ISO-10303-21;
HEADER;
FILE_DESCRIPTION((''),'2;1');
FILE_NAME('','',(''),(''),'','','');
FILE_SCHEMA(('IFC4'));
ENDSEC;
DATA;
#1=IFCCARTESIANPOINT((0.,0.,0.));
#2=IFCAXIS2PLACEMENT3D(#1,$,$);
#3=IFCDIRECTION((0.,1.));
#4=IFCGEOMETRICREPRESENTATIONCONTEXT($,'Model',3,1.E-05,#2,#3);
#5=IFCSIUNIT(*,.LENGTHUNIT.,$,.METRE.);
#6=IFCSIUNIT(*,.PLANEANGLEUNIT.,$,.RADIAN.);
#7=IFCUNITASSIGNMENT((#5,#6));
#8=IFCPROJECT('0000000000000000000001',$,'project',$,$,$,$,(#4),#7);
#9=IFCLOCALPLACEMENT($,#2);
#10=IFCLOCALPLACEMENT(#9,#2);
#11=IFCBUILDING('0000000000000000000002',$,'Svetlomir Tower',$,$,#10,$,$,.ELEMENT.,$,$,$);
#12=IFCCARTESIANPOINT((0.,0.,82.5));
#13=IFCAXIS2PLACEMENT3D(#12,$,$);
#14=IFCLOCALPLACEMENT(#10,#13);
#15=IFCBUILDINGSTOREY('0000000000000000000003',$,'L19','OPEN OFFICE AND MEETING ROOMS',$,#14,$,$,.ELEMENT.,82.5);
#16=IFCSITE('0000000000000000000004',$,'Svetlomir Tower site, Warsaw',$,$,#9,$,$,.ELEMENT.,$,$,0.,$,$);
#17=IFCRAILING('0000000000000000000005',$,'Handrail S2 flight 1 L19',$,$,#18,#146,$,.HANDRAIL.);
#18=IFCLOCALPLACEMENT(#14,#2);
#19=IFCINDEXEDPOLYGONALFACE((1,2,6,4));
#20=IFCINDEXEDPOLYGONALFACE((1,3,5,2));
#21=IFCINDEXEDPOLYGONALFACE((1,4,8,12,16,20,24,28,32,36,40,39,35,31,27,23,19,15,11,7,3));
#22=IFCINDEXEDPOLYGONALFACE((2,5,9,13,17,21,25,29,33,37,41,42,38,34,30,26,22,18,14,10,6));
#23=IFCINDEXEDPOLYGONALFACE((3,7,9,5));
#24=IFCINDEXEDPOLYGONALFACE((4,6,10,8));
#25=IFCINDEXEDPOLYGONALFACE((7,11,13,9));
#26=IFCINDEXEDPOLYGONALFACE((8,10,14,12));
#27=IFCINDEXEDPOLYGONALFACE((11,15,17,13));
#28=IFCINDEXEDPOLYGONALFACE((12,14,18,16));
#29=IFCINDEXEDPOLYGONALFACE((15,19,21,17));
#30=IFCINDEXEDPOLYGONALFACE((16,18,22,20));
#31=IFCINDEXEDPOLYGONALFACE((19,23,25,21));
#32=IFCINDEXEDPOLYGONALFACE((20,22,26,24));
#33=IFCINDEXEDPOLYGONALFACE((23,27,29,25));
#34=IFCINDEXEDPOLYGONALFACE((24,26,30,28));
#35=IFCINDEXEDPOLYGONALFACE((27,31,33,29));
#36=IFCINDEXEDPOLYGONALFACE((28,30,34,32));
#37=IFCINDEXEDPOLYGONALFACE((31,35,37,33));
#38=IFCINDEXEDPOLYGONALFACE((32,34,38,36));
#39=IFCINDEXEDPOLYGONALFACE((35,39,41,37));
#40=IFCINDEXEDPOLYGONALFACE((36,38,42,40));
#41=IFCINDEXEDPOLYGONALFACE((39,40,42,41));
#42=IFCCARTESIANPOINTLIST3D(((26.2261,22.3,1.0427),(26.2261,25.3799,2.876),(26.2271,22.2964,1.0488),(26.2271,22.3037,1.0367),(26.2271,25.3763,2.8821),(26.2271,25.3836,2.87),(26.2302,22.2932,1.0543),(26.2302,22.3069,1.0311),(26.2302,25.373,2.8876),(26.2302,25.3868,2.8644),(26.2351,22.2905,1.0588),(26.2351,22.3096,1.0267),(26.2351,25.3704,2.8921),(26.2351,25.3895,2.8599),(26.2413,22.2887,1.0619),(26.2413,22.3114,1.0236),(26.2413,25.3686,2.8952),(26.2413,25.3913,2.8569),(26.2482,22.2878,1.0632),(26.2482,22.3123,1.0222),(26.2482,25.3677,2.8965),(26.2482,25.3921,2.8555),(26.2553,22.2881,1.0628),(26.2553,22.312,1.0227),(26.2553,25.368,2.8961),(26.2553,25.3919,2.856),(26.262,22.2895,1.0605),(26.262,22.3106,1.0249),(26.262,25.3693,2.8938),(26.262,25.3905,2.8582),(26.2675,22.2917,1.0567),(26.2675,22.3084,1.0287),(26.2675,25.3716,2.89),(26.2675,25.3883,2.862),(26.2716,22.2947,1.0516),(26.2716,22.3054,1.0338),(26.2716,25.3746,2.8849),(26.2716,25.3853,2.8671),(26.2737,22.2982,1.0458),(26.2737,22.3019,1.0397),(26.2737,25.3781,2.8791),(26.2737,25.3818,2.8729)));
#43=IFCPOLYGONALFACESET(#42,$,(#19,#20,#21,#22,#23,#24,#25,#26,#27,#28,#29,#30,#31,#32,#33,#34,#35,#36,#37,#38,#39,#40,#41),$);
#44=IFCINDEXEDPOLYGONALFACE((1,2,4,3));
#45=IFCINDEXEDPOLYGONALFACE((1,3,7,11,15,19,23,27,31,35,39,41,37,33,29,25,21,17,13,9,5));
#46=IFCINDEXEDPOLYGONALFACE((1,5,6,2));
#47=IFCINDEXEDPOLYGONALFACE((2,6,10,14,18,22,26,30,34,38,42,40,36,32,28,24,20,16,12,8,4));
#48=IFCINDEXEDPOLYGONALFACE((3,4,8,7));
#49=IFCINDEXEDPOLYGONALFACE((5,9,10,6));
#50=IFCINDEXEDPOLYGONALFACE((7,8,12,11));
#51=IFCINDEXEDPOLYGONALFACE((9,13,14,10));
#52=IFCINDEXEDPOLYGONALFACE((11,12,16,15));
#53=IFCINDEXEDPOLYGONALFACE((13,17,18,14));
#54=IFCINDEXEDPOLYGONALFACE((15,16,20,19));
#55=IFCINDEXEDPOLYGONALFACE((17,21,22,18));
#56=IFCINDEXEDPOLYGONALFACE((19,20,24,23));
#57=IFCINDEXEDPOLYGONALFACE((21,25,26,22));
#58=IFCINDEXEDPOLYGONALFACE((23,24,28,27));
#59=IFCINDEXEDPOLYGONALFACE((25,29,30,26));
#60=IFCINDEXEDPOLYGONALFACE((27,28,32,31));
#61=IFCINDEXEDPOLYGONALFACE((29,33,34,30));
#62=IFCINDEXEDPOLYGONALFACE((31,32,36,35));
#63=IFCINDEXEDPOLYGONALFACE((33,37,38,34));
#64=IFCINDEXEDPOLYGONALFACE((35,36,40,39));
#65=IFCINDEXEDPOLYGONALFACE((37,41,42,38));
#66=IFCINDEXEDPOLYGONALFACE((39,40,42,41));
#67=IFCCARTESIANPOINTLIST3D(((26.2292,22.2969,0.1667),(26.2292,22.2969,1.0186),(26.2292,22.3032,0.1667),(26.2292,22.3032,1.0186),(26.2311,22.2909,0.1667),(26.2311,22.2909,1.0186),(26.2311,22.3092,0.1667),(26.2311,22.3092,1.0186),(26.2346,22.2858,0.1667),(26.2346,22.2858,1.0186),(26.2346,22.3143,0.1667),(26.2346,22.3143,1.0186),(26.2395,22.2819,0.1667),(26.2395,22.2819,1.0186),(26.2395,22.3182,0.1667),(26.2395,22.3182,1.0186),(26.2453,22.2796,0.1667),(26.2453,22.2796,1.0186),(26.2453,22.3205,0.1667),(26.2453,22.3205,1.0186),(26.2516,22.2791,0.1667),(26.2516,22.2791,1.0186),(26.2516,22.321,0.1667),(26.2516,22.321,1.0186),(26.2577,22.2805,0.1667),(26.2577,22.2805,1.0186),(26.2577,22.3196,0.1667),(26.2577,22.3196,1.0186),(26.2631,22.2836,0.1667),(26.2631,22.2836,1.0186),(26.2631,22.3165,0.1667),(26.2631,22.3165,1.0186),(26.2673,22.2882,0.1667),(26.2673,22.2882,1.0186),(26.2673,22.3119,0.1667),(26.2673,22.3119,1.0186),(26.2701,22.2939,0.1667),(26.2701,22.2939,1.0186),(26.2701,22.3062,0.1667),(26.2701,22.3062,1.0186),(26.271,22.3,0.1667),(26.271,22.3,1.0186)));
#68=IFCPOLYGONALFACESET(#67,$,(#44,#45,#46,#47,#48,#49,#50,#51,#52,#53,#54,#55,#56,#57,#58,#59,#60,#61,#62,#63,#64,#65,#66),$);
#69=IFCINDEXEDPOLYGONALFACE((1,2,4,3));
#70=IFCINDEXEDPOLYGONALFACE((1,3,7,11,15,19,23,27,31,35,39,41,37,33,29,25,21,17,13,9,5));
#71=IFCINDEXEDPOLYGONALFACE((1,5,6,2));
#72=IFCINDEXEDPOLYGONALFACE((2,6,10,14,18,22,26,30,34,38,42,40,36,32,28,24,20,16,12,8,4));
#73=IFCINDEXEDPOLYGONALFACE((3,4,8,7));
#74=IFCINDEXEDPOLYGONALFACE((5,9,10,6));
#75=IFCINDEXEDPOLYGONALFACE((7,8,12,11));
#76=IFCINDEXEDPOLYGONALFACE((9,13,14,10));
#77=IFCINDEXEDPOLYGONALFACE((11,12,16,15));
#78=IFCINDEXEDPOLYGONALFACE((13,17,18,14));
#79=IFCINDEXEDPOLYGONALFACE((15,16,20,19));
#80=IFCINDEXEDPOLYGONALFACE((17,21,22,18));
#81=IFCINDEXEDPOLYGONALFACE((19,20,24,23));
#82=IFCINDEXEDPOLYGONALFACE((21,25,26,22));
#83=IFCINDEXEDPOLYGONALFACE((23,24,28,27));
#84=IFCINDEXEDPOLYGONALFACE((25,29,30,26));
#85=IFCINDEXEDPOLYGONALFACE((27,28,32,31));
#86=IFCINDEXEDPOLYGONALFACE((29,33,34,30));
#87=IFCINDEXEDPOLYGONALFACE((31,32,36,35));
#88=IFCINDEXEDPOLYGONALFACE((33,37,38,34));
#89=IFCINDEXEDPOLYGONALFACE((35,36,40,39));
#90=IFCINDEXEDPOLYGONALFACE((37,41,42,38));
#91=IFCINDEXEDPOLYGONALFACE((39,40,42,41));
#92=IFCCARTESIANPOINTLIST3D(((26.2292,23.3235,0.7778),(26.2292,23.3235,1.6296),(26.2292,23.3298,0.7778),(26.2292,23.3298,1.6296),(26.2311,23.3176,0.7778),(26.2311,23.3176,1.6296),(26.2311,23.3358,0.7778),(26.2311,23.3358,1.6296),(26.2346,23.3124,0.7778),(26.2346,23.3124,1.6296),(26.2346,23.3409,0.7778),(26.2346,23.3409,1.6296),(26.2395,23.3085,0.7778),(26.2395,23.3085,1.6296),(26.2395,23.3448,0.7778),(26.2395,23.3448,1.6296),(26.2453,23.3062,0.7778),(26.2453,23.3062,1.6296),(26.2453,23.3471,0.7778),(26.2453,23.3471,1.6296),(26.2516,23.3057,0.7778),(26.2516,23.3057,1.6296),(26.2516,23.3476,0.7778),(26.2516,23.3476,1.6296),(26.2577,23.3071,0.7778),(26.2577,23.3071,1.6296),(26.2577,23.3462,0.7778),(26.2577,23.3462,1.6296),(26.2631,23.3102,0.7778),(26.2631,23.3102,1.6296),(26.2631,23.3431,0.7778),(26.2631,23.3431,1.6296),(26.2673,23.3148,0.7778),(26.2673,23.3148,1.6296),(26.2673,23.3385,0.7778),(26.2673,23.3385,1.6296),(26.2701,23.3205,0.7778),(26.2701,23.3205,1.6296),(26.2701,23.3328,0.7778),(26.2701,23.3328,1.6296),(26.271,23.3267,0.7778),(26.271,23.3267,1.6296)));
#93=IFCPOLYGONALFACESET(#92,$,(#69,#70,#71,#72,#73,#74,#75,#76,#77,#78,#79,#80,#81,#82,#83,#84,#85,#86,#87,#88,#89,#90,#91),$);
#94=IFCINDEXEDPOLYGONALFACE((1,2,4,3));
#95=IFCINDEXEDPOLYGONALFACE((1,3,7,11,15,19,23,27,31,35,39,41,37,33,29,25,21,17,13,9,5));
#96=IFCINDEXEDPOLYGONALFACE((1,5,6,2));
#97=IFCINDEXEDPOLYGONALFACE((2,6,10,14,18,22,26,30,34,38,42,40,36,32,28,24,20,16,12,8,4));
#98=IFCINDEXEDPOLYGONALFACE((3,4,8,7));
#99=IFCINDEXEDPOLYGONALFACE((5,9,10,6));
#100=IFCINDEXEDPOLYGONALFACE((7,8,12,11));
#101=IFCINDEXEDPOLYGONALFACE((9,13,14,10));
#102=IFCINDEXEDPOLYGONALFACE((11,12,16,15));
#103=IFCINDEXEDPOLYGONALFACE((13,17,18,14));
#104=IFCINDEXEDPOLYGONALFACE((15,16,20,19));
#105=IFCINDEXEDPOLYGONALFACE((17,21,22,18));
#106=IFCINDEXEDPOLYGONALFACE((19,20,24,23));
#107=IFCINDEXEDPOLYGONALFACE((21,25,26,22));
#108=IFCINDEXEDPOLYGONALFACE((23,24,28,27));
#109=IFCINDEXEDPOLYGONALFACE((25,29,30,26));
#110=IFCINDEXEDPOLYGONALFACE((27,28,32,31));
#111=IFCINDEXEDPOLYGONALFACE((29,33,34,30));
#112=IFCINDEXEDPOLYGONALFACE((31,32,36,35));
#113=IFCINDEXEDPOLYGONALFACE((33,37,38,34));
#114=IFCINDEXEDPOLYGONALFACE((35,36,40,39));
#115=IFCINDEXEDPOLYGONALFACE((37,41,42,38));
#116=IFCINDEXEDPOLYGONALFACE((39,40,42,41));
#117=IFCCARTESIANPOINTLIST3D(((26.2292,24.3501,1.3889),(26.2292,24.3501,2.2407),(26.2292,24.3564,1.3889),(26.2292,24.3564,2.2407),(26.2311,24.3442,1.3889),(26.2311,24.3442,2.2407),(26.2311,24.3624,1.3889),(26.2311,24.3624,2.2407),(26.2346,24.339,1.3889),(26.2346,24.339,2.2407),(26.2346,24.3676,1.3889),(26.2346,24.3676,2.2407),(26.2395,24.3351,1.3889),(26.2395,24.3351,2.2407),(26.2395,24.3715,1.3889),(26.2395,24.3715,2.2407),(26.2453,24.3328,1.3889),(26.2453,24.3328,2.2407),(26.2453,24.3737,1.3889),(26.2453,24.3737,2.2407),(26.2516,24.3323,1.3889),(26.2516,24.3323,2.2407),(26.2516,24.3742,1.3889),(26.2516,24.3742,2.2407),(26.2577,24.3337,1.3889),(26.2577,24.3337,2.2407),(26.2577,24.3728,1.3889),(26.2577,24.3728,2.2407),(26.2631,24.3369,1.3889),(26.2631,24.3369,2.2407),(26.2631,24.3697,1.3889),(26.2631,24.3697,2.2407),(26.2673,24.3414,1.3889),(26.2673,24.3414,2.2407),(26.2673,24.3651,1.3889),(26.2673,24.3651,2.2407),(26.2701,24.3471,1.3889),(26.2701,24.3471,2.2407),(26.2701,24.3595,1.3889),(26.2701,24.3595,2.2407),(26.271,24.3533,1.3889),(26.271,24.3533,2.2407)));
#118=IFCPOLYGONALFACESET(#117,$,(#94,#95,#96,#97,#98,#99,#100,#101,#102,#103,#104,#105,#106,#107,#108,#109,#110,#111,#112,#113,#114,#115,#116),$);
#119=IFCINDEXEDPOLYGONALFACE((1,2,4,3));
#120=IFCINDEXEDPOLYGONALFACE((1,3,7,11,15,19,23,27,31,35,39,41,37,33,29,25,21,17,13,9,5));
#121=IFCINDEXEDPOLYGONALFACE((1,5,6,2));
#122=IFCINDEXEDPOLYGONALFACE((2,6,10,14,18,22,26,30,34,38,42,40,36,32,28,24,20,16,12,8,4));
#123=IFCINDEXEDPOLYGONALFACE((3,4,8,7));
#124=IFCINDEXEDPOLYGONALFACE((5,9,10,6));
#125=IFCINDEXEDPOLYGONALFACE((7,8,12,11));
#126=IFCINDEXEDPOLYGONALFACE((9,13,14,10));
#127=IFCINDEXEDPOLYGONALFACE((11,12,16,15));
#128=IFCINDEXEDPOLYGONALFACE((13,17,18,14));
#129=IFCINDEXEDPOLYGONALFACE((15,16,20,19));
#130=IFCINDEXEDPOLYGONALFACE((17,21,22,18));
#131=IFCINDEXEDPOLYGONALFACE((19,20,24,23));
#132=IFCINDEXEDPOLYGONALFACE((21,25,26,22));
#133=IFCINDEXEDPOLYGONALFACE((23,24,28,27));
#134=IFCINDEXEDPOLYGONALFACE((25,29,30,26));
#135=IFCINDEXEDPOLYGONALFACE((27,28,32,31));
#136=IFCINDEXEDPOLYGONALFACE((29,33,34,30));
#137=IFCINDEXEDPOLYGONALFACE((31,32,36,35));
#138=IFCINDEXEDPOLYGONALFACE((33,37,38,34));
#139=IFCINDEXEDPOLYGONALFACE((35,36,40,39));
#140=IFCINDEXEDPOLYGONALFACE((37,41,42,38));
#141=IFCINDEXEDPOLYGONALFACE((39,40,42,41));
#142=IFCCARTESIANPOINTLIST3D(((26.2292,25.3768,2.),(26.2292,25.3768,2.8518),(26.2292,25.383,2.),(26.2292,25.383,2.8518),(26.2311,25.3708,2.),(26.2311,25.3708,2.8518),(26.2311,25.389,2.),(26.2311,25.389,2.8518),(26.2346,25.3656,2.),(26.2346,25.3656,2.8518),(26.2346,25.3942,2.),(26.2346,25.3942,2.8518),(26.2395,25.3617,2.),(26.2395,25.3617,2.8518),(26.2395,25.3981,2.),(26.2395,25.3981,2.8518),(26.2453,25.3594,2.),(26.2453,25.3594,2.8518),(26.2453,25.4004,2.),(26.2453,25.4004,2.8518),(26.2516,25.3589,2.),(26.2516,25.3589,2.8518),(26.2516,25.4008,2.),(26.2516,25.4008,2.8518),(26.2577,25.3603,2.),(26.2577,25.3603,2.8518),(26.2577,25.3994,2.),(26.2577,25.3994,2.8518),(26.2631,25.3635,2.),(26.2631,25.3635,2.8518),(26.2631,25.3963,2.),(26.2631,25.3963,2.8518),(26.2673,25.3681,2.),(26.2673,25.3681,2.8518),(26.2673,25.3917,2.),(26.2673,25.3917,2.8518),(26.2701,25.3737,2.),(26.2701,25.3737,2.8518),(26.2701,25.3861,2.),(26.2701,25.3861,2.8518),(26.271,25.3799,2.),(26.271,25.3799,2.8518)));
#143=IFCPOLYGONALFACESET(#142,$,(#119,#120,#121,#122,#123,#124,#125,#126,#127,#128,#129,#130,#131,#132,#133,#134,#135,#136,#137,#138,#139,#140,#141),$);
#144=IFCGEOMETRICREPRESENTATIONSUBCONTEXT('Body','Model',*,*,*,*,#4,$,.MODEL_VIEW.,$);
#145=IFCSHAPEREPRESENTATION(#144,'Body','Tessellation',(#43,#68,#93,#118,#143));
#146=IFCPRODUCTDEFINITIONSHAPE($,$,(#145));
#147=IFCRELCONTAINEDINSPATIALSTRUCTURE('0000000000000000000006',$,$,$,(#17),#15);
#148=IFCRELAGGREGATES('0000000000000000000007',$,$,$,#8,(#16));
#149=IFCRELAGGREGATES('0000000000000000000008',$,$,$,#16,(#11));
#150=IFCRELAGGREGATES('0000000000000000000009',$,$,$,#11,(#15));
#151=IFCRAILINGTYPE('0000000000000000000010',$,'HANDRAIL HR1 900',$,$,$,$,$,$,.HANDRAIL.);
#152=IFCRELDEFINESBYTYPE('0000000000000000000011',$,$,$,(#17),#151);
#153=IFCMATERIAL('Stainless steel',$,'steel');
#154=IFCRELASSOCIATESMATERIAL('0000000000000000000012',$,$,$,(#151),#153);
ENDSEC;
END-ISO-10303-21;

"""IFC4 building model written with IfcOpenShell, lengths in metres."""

from ifc_helpers import new_model, si_unit, direction, frame, origin, origin_2d, place, context, subcontext, project, spatial, circle, extrude, material, type_object, element, save


model = new_model("IFC4")

# Units and contexts
model_context = context("Model", 3, precision=1e-05, world=origin(), true_north=direction((0.0, 1.0)))
body_context = subcontext(model_context, "Body", "Model", "MODEL_VIEW")
ifc_project = project(units=[si_unit("LENGTHUNIT", "METRE"), si_unit("PLANEANGLEUNIT", "RADIAN")], contexts=[model_context])

# Site, building, storey
site_placement = place(None, origin())
site = spatial("IfcSite", under=ifc_project, at=site_placement, Name="Svetlomir Tower site, Warsaw", CompositionType="ELEMENT", RefElevation=0.0)
building_placement = place(site_placement, origin())
building = spatial("IfcBuilding", under=site, at=building_placement, Name="Svetlomir Tower", CompositionType="ELEMENT")
storey_placement = place(building_placement, frame((0.0, 0.0, 82.5)))
storey = spatial("IfcBuildingStorey", under=building, at=storey_placement, Name="L19", Description="OPEN OFFICE AND MEETING ROOMS", CompositionType="ELEMENT", Elevation=82.5)

# Railing
ifc_material_1 = material(Name="Stainless steel", Category="steel")
railing_type = type_object("IfcRailingType", Name="HANDRAIL HR1 900", PredefinedType="HANDRAIL", material=ifc_material_1)
railing_1_placement = place(storey_placement, frame((26.25, 22.3, 0.1667)))
element("IfcRailing", 1, at=railing_1_placement, inside=storey, type_object=railing_type, Name="Handrail S2 flight 1 L19", PredefinedType="HANDRAIL", context=body_context, shape_type="SweptSolid", body=[
    extrude(circle(Radius=0.0239, at=origin_2d()), frame((0.0, 0.0, 0.876), z_axis=(0.0, 0.859291, 0.511487), x_axis=(-1.0, 0.0, 0.0)), (0.0, 0.0, 1.0), 3.5842),
    extrude(circle(Radius=0.021, at=origin_2d()), origin(), (0.0, 0.0, 1.0), 0.8518),
    extrude(circle(Radius=0.021, at=origin_2d()), frame((0.0, 1.0266, 0.6111)), (0.0, 0.0, 1.0), 0.8518),
    extrude(circle(Radius=0.021, at=origin_2d()), frame((0.0, 2.0532, 1.2222)), (0.0, 0.0, 1.0), 0.8518),
    extrude(circle(Radius=0.021, at=origin_2d()), frame((0.0, 3.0798, 1.8333)), (0.0, 0.0, 1.0), 0.8518),
])

save(model, "model.ifc")
